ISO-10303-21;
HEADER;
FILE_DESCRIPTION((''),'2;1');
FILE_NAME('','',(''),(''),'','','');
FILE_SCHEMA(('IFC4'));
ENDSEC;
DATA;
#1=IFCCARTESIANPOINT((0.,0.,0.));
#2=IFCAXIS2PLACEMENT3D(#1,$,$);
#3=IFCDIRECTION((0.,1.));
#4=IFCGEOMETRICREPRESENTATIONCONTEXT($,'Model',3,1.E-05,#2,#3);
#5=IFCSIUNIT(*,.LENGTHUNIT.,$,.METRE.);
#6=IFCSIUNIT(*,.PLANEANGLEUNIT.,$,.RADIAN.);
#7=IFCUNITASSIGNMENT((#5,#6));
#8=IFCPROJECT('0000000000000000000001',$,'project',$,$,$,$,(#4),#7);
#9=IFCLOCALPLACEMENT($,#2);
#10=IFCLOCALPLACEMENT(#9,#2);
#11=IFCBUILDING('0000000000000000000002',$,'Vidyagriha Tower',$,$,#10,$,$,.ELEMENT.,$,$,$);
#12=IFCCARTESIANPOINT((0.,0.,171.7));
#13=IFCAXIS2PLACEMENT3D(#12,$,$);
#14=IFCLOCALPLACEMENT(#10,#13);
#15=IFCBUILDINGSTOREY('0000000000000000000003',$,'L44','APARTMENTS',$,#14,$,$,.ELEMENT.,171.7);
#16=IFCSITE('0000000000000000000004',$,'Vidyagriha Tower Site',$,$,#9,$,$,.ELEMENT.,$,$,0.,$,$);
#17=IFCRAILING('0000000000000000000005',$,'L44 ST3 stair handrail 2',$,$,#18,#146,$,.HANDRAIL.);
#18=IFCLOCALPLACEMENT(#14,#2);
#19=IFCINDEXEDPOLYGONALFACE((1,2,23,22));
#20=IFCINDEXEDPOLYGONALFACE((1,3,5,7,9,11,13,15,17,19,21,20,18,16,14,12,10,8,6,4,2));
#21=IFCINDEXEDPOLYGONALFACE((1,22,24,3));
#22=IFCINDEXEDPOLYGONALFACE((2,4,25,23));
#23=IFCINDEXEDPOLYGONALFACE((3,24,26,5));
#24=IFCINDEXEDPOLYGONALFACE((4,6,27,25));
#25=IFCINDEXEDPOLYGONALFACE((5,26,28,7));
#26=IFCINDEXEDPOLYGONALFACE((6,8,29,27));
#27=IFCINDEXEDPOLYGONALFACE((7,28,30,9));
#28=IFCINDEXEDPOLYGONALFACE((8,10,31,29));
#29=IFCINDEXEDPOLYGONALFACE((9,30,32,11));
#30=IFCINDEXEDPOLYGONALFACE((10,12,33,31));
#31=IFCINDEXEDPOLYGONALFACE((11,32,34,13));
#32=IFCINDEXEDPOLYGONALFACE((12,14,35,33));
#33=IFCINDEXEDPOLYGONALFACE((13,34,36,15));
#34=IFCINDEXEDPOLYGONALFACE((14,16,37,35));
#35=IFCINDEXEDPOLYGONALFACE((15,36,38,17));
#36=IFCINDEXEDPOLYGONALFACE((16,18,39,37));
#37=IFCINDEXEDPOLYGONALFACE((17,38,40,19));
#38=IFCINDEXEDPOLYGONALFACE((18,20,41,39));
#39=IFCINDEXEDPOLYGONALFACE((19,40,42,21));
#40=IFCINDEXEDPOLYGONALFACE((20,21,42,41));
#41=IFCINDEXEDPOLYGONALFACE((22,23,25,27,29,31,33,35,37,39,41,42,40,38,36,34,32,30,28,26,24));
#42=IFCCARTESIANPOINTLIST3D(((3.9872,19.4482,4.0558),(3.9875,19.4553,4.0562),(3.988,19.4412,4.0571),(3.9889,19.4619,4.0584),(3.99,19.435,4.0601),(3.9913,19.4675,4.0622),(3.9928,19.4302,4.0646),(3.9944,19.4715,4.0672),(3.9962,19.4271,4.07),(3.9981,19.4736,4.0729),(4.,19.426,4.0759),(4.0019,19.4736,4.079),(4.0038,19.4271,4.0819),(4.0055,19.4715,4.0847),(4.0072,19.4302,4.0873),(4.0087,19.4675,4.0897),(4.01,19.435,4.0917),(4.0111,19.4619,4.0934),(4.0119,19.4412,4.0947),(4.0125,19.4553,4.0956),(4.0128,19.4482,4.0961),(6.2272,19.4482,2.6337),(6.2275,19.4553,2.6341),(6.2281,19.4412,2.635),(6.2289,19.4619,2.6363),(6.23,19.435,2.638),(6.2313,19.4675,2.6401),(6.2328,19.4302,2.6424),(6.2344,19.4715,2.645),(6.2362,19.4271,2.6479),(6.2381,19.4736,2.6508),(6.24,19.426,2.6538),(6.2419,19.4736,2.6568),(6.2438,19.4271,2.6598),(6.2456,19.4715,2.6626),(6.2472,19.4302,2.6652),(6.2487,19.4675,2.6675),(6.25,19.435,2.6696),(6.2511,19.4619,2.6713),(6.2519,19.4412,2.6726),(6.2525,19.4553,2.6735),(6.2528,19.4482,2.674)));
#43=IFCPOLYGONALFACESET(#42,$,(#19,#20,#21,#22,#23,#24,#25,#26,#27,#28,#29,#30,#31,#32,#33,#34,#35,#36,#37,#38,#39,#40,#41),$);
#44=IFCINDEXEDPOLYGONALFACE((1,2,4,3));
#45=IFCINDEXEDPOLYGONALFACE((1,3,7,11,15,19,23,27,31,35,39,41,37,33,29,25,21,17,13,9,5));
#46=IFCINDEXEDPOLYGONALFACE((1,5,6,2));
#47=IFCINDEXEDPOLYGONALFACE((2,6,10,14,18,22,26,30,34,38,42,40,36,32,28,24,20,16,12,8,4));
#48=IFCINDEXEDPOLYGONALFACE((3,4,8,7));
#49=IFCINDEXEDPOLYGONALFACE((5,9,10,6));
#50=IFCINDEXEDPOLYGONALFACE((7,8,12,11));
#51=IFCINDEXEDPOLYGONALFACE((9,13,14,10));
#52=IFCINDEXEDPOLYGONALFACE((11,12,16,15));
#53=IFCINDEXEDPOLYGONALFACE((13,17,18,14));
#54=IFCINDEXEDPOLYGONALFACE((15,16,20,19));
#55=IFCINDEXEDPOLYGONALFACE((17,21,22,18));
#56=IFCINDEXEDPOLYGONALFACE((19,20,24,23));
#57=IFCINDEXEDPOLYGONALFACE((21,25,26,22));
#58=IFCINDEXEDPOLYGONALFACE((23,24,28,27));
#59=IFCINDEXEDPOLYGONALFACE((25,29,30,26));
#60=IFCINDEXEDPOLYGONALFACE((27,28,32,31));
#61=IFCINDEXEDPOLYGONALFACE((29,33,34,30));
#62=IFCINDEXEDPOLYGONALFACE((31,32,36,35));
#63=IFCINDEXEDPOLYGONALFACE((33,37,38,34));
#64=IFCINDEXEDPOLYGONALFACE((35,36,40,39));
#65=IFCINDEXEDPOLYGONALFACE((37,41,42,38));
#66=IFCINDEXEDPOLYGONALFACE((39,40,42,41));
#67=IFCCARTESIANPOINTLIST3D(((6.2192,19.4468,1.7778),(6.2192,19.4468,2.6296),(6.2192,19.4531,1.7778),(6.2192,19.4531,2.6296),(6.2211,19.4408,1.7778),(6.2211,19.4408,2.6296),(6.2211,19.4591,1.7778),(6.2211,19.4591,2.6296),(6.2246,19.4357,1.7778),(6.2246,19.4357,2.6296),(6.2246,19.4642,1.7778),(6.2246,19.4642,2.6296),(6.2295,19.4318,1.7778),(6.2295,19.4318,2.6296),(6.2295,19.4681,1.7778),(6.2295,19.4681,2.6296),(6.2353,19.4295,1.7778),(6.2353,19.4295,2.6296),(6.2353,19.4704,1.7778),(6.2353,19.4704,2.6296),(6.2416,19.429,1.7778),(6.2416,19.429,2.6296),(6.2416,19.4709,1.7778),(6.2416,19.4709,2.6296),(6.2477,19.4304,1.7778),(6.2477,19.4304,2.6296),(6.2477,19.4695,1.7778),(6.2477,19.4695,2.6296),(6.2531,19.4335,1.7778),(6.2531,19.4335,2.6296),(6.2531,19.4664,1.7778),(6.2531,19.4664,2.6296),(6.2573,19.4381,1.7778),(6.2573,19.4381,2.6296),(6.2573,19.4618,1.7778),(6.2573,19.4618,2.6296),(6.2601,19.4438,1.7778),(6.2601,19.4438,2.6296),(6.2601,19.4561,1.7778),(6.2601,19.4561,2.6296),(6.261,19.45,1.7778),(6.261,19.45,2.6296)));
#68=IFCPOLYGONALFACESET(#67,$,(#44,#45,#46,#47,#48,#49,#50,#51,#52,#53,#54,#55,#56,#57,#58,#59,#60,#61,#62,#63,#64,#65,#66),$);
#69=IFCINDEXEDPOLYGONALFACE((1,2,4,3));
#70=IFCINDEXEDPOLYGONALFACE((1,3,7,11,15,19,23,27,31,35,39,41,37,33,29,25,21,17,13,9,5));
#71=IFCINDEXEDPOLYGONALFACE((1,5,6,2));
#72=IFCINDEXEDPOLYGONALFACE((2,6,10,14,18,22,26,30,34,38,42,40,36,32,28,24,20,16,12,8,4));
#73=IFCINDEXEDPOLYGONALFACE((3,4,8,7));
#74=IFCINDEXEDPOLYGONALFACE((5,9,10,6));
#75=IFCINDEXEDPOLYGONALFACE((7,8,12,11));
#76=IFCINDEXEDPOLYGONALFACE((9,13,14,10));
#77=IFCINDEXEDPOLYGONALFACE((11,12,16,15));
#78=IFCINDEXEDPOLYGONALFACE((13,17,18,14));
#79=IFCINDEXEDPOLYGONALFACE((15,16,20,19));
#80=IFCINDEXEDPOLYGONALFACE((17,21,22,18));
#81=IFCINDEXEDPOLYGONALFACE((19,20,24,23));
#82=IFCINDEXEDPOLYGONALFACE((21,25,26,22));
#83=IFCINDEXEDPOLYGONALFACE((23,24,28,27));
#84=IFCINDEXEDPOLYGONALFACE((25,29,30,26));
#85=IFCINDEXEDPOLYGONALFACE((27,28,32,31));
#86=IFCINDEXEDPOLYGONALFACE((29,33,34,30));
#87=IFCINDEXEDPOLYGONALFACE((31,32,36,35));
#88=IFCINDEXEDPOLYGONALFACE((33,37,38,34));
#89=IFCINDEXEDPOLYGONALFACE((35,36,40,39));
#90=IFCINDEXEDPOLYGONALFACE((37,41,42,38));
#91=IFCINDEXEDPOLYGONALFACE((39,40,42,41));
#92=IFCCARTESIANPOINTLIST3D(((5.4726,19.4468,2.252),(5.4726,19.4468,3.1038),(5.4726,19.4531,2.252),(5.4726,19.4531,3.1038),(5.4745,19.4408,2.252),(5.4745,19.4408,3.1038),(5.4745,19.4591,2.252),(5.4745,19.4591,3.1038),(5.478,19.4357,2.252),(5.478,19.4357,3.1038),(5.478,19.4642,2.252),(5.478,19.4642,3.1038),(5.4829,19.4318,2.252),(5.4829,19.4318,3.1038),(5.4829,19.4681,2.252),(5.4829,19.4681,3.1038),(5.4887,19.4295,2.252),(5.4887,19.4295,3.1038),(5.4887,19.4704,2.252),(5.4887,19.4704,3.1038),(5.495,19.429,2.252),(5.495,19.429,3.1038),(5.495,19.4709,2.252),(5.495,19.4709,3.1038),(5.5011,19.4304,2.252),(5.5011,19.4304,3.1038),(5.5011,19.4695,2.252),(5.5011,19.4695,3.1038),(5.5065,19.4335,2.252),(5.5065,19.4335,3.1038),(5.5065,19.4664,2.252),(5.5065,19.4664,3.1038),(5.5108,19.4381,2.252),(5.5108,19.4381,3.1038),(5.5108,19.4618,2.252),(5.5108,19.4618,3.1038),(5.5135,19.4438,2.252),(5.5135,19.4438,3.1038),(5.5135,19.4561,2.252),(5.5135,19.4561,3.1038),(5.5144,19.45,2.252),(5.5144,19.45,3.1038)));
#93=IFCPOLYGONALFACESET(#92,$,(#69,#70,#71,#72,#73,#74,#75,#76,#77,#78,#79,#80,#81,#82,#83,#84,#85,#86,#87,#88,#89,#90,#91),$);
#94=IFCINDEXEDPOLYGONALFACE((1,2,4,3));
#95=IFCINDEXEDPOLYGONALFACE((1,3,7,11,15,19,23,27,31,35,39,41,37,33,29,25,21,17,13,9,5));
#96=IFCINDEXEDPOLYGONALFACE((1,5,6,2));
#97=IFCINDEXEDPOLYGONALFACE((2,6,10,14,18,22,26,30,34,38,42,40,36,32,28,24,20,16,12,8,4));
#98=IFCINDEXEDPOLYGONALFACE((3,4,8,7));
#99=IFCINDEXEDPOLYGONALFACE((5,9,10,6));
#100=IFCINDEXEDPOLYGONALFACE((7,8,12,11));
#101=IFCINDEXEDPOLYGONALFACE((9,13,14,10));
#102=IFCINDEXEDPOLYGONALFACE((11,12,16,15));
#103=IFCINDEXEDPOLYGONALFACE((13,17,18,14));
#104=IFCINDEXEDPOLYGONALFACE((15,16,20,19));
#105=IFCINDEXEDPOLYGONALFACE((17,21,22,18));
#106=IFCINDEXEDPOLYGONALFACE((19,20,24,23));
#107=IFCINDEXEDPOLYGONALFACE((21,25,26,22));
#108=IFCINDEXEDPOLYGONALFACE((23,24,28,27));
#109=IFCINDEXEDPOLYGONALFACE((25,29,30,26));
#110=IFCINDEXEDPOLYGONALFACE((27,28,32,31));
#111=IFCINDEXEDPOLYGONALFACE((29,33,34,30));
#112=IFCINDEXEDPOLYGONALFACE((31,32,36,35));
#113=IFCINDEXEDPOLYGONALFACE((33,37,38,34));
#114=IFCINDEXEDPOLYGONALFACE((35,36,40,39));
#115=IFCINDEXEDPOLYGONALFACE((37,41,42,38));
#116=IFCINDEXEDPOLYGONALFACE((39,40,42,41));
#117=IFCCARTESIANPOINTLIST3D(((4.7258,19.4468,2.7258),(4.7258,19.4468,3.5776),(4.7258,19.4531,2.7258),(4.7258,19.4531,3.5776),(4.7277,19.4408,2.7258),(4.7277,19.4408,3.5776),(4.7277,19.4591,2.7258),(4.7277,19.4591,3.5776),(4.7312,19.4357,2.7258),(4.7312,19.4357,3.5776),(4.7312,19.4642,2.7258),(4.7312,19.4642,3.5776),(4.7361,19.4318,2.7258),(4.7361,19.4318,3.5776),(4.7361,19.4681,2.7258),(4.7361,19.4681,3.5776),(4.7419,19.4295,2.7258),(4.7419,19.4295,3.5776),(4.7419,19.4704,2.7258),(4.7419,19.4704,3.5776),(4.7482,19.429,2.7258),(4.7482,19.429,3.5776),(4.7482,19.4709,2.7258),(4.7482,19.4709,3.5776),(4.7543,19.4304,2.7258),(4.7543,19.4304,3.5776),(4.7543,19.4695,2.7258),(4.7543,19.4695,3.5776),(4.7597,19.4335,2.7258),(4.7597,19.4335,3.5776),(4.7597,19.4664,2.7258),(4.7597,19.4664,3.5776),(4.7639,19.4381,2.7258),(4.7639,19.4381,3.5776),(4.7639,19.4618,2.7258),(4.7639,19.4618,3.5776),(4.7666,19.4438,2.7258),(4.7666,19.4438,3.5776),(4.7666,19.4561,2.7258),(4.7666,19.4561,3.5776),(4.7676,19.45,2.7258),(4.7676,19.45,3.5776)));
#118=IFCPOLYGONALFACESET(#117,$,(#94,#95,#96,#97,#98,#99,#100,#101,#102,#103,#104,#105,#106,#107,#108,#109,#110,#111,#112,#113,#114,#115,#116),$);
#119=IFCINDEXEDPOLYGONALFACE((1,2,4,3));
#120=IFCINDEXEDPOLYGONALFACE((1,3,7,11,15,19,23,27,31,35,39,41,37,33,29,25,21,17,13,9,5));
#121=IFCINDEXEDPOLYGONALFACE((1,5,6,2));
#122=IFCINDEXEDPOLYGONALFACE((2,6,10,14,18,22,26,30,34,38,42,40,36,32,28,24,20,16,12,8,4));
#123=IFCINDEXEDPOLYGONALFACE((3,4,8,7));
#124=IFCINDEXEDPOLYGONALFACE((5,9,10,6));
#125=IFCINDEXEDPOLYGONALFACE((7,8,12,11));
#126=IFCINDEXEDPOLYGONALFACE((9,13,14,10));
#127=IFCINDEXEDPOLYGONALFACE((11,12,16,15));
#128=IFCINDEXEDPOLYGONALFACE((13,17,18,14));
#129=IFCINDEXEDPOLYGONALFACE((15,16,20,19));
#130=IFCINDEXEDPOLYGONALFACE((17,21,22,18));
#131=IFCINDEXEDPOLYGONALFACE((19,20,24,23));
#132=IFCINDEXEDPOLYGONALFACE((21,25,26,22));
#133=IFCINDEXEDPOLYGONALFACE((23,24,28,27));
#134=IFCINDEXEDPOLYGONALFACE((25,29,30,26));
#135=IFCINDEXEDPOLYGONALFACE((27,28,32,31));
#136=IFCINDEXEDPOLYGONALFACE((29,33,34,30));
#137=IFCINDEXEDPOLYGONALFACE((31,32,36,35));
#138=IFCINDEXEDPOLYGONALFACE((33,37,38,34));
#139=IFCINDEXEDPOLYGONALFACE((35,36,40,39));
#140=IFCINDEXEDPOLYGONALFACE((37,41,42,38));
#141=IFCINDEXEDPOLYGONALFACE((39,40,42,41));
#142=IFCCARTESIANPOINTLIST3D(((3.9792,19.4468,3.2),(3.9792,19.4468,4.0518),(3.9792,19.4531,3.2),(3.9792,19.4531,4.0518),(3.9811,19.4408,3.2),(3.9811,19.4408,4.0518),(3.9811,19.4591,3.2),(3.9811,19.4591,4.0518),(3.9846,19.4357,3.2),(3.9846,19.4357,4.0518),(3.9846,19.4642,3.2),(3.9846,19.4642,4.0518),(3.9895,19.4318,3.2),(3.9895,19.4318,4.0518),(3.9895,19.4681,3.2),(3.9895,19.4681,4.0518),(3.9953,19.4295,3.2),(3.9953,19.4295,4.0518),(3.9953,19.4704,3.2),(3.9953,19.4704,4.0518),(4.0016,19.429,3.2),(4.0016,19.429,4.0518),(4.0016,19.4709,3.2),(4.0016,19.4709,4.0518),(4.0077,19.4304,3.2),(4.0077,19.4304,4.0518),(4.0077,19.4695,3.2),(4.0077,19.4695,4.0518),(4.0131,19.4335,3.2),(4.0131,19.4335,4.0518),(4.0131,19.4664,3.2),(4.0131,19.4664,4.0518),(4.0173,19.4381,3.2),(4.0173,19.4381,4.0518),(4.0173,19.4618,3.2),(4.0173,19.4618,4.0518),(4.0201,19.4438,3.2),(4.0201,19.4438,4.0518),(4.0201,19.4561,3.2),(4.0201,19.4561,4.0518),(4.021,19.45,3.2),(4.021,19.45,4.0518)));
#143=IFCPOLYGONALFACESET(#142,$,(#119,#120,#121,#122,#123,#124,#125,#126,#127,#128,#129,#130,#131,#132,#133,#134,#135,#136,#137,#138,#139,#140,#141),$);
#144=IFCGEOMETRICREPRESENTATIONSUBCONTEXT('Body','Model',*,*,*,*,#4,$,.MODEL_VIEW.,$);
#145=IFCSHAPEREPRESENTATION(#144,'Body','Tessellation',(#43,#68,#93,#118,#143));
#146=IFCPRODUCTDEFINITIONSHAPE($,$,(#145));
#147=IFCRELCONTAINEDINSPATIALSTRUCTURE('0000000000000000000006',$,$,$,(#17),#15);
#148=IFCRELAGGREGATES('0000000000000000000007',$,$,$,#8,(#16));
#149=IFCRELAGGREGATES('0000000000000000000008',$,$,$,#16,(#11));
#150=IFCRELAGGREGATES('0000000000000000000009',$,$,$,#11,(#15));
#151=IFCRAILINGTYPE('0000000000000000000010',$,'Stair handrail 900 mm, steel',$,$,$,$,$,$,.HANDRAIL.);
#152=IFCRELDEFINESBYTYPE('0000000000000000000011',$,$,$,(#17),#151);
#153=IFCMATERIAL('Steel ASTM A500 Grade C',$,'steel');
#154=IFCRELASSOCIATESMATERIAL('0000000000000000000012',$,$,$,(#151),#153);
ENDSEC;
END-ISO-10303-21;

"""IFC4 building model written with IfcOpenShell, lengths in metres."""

from ifc_helpers import new_model, si_unit, direction, frame, origin, origin_2d, place, context, subcontext, project, spatial, circle, extrude, material, type_object, element, save


model = new_model("IFC4")

# Units and contexts
model_context = context("Model", 3, precision=1e-05, world=origin(), true_north=direction((0.0, 1.0)))
body_context = subcontext(model_context, "Body", "Model", "MODEL_VIEW")
ifc_project = project(units=[si_unit("LENGTHUNIT", "METRE"), si_unit("PLANEANGLEUNIT", "RADIAN")], contexts=[model_context])

# Site, building, storey
site_placement = place(None, origin())
site = spatial("IfcSite", under=ifc_project, at=site_placement, Name="Vidyagriha Tower Site", CompositionType="ELEMENT", RefElevation=0.0)
building_placement = place(site_placement, origin())
building = spatial("IfcBuilding", under=site, at=building_placement, Name="Vidyagriha Tower", CompositionType="ELEMENT")
storey_placement = place(building_placement, frame((0.0, 0.0, 171.7)))
storey = spatial("IfcBuildingStorey", under=building, at=storey_placement, Name="L44", Description="APARTMENTS", CompositionType="ELEMENT", Elevation=171.7)

# Railing
ifc_material_1 = material(Name="Steel ASTM A500 Grade C", Category="steel")
railing_type_1 = type_object("IfcRailingType", Name="Stair handrail 900 mm, steel", PredefinedType="HANDRAIL", material=ifc_material_1)
railing_1_placement = place(storey_placement, frame((6.24, 19.45, 1.7778)))
element("IfcRailing", 1, at=railing_1_placement, inside=storey, type_object=railing_type_1, Name="L44 ST3 stair handrail 2", PredefinedType="HANDRAIL", context=body_context, shape_type="SweptSolid", body=[
    extrude(circle(Radius=0.0239, at=origin_2d()), frame((0.0, 0.0, 0.876), z_axis=(-0.844229, 0.0, 0.535982), x_axis=(0.0, -1.0, 0.0)), (0.0, 0.0, 1.0), 2.6533),
    extrude(circle(Radius=0.021, at=origin_2d()), origin(), (0.0, 0.0, 1.0), 0.8518),
    extrude(circle(Radius=0.021, at=origin_2d()), frame((-0.7466, 0.0, 0.4741)), (0.0, 0.0, 1.0), 0.8518),
    extrude(circle(Radius=0.021, at=origin_2d()), frame((-1.4934, 0.0, 0.948)), (0.0, 0.0, 1.0), 0.8518),
    extrude(circle(Radius=0.021, at=origin_2d()), frame((-2.24, 0.0, 1.4221)), (0.0, 0.0, 1.0), 0.8518),
])

save(model, "model.ifc")
